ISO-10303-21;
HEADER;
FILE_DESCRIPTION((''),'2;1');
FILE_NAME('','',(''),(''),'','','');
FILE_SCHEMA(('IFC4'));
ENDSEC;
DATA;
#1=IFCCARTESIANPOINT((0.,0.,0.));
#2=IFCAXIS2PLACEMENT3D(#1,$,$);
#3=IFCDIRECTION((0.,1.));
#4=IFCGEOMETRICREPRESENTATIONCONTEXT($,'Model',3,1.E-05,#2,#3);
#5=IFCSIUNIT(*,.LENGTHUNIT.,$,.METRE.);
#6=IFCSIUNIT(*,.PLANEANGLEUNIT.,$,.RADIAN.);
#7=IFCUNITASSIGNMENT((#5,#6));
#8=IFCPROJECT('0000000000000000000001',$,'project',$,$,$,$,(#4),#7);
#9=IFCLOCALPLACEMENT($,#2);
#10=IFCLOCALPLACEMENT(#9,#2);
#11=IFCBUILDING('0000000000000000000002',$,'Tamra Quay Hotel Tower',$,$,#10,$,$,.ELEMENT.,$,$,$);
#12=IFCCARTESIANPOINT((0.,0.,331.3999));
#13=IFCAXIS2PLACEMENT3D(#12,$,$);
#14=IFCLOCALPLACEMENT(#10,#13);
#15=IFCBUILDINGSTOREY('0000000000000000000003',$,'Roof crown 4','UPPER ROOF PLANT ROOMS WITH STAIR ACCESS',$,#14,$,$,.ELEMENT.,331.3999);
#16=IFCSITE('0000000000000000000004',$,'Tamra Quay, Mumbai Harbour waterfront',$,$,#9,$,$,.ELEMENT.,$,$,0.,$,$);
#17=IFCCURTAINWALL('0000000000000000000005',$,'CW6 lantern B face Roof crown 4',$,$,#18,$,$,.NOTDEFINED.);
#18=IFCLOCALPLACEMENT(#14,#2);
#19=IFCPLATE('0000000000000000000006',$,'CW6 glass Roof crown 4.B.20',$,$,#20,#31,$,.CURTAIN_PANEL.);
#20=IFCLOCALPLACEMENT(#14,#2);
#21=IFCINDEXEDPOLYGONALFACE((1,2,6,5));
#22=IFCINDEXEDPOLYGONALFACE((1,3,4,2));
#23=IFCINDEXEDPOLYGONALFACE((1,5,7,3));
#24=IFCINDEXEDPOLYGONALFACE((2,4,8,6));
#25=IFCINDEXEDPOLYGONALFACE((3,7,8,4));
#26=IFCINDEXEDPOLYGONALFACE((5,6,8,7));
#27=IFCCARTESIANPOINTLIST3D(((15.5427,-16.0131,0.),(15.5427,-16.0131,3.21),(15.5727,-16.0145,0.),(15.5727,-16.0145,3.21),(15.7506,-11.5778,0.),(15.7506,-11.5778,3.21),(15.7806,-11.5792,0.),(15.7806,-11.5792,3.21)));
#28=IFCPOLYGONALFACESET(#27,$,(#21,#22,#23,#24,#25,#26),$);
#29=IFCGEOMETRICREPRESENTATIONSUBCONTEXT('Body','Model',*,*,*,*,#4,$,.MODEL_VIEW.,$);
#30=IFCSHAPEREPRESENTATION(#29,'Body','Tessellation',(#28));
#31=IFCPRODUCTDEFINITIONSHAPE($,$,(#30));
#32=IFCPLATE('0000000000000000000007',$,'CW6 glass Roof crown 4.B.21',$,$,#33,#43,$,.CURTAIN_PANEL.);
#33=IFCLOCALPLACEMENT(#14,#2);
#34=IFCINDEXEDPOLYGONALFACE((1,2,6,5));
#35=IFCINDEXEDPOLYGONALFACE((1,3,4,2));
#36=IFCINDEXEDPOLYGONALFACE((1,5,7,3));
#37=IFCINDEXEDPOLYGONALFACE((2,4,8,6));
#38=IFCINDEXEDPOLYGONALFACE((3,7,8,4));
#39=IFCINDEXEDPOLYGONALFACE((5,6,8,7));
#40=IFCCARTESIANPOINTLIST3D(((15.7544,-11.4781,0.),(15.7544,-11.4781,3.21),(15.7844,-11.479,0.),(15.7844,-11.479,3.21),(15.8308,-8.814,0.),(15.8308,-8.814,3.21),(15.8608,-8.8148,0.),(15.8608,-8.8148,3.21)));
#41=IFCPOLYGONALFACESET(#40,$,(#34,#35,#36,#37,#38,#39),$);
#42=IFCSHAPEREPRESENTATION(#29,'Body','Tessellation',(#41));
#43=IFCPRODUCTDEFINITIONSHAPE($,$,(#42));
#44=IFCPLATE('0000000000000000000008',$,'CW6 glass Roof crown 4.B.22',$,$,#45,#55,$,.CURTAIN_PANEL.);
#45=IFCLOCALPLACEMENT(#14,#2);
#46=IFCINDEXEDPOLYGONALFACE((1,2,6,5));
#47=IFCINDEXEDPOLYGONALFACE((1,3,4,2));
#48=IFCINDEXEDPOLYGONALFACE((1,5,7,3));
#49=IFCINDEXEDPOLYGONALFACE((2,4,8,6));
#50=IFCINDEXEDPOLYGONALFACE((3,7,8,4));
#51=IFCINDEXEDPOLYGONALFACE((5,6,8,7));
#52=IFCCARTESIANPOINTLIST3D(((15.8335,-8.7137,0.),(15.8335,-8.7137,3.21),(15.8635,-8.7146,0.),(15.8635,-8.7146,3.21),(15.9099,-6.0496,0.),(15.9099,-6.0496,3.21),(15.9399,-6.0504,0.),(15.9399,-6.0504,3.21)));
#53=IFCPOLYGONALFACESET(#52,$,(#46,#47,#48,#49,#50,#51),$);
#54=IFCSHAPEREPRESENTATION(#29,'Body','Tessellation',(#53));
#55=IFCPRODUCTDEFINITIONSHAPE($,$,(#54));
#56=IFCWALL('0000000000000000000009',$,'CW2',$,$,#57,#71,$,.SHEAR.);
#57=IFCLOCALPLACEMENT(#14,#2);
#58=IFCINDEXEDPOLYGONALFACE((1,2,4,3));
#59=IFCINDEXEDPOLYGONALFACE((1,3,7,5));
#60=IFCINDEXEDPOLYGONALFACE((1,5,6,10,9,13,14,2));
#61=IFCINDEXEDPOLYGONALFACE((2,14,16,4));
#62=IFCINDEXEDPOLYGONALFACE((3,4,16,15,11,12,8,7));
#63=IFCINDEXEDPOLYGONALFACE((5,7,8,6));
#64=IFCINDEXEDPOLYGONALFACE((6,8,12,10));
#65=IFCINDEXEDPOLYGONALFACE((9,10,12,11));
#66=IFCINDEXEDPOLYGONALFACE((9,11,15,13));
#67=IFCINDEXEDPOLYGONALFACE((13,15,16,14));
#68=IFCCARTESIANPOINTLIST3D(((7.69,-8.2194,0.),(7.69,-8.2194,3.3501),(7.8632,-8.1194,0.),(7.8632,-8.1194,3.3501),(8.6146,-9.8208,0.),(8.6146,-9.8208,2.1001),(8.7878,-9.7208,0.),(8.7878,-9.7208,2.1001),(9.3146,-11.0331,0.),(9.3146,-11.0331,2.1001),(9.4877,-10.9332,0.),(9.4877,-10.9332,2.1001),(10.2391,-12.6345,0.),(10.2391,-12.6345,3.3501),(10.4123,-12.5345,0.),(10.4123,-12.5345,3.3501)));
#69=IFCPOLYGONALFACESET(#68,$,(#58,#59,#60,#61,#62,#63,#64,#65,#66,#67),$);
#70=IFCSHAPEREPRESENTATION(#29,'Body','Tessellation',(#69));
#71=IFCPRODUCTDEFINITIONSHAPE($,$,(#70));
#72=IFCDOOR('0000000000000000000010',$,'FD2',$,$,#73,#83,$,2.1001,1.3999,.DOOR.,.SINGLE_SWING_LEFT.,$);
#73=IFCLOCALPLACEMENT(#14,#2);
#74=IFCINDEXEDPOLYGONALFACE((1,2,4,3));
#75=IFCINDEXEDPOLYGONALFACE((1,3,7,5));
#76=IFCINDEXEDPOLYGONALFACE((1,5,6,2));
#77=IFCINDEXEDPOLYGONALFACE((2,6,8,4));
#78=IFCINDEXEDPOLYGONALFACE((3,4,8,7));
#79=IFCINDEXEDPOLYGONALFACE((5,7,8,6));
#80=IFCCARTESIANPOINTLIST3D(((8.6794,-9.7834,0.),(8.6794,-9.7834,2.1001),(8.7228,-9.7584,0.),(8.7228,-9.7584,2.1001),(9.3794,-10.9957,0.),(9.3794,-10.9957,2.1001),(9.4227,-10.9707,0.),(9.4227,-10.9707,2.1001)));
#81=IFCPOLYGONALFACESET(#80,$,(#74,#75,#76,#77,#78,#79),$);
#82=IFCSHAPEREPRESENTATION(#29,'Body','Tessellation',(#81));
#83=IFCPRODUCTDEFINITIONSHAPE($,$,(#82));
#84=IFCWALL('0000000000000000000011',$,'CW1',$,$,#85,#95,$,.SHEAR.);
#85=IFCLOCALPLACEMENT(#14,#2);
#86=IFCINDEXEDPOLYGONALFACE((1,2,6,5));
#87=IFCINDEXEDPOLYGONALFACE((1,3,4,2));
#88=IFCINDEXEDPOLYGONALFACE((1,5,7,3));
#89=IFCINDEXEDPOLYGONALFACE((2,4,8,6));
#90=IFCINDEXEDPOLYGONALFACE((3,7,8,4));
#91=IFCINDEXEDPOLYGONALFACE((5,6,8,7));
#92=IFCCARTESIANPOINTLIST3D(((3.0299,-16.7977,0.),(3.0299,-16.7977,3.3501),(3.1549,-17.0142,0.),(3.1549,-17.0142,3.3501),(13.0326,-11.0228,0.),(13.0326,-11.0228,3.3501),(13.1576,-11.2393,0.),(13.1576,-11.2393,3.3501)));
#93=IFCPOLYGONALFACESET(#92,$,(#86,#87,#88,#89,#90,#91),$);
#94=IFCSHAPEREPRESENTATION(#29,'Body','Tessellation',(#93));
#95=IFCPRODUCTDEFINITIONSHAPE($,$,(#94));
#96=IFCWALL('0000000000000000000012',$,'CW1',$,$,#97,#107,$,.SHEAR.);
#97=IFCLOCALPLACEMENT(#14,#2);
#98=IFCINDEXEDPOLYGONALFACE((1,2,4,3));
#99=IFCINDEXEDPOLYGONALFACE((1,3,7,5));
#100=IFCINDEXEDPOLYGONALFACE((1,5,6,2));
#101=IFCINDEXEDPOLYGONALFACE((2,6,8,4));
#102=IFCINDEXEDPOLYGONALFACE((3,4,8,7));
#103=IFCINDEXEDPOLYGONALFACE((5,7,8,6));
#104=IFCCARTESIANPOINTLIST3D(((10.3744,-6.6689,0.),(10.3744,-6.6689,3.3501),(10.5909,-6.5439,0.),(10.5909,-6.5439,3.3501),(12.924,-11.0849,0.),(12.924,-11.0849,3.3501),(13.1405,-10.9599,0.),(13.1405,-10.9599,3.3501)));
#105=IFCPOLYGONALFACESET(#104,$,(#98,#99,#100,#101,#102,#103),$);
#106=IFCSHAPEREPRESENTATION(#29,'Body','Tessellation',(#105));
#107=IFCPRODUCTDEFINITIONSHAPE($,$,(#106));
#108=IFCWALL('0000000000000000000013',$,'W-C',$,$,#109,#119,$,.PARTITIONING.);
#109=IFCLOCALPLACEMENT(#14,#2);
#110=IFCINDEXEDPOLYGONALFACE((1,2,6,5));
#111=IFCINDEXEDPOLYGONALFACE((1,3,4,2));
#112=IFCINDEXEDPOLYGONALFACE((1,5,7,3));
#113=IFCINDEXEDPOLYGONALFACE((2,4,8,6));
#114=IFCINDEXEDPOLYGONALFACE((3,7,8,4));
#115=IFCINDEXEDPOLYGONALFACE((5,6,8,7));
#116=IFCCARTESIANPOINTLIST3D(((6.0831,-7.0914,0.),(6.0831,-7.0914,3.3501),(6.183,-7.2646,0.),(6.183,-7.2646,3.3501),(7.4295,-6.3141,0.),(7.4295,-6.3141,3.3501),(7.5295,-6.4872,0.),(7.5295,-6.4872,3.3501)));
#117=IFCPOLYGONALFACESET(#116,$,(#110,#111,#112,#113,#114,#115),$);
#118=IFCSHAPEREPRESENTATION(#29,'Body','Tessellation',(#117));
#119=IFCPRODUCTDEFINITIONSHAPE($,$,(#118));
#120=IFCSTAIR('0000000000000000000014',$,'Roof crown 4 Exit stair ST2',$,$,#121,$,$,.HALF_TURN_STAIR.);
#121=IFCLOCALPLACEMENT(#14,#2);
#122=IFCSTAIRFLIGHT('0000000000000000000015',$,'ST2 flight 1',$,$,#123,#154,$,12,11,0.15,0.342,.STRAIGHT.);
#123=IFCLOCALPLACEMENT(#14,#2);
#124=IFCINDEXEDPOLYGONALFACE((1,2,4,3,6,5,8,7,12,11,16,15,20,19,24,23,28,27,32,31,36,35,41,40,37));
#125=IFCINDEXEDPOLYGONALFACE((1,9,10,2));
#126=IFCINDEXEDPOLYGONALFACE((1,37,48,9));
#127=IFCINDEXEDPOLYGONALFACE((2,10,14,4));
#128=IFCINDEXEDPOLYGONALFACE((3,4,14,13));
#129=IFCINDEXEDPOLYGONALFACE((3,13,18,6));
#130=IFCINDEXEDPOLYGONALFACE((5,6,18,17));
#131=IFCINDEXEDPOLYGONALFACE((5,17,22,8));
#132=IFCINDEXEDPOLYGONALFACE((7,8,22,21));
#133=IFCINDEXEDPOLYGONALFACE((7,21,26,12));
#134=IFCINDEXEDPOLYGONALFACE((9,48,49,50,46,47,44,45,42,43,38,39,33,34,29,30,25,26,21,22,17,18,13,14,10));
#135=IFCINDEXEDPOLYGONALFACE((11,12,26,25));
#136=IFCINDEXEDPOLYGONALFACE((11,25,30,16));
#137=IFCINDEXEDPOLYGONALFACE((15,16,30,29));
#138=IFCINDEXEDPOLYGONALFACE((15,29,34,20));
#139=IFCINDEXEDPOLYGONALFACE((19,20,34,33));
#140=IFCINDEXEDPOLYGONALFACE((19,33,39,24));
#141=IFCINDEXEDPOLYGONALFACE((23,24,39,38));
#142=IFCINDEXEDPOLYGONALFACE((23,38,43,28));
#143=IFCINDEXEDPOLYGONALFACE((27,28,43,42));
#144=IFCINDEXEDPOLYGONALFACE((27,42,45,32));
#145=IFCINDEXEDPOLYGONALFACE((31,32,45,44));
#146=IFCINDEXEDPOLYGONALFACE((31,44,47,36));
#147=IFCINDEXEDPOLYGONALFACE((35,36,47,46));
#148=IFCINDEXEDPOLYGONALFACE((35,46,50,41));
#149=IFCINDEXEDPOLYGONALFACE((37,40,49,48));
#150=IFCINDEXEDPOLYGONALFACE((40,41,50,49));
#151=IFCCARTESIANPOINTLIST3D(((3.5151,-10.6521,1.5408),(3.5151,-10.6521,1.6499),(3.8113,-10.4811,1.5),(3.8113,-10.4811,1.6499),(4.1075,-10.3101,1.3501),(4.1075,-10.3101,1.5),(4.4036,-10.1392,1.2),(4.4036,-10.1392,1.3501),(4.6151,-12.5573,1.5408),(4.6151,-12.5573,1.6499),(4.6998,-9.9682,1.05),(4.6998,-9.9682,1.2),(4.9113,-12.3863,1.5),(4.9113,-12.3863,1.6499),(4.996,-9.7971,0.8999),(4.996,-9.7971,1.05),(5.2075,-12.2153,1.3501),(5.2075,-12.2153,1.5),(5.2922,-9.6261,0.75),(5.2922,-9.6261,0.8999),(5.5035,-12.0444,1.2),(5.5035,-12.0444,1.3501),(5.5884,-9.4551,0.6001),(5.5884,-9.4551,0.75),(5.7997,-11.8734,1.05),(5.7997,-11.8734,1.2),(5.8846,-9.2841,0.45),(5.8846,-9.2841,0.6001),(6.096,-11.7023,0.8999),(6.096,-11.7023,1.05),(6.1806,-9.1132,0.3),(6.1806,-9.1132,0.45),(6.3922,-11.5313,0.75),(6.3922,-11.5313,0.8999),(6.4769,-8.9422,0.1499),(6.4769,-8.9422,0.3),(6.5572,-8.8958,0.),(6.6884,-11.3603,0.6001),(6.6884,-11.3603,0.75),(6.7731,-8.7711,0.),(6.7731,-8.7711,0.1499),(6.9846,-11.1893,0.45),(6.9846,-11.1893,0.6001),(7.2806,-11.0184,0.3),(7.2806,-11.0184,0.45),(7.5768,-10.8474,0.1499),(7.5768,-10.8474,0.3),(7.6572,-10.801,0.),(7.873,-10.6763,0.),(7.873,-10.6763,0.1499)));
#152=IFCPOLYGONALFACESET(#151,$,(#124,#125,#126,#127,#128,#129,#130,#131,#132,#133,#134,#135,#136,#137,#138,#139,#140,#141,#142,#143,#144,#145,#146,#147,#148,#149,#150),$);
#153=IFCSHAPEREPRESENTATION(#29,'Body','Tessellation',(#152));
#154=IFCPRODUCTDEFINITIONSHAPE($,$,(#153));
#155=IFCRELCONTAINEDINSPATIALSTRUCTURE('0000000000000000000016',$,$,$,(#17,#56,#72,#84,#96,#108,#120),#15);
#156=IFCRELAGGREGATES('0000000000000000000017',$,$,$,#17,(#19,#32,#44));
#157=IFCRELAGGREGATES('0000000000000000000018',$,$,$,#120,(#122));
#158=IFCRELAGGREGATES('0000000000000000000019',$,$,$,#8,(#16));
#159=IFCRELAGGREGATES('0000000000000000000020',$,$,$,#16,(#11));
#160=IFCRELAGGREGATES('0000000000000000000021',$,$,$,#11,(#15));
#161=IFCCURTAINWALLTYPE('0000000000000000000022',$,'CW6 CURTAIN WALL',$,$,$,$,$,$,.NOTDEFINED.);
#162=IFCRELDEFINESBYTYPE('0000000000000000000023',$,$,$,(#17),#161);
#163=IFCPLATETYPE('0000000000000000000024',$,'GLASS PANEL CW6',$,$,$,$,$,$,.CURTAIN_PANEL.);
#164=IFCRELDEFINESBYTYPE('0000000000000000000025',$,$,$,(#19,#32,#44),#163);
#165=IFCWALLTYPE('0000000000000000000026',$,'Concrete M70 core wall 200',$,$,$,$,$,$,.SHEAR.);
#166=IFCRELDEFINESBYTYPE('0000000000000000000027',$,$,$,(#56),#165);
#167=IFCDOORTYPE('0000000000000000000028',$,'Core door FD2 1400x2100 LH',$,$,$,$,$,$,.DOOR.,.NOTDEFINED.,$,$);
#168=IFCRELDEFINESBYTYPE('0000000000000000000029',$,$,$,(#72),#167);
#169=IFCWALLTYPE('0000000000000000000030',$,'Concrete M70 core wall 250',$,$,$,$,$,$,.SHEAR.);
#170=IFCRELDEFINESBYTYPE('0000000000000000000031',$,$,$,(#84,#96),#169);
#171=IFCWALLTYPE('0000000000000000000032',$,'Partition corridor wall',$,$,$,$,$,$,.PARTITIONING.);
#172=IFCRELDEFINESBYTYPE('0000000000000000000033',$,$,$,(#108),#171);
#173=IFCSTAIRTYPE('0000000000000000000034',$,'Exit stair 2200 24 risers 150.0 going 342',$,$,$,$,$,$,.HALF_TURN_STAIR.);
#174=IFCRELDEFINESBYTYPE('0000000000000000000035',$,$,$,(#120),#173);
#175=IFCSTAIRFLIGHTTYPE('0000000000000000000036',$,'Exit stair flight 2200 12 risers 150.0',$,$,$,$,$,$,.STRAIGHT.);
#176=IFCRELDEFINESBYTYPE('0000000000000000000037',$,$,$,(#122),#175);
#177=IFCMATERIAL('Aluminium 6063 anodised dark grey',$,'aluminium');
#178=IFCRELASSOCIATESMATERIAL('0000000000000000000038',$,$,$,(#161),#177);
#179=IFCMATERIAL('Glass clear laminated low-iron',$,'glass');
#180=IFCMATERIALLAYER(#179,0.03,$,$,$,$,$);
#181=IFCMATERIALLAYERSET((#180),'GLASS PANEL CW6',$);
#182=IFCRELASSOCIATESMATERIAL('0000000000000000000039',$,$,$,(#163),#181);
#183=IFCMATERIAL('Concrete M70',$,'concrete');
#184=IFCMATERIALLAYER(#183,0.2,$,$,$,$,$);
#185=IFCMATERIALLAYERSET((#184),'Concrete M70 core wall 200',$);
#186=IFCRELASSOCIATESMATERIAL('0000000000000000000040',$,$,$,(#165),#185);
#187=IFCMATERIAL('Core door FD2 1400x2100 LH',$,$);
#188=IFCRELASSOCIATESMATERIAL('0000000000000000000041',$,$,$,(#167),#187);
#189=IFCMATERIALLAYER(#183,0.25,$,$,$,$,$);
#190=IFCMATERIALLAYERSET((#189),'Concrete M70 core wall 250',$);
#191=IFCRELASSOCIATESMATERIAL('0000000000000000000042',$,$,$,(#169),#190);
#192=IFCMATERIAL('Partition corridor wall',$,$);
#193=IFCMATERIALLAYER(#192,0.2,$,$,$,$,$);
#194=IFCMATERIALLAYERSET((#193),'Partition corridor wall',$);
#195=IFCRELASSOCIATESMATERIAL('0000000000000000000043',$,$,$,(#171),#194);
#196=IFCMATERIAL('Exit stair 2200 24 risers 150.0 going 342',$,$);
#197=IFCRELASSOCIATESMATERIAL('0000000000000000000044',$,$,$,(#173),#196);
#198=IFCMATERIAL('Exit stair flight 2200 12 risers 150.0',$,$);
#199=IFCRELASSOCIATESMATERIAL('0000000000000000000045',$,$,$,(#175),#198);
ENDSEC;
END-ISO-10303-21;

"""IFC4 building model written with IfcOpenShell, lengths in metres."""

from ifc_helpers import new_model, si_unit, direction, frame, frame_2d, origin, origin_2d, place, context, subcontext, project, spatial, polyline, rectangle, outline, extrude, material, layer, layer_set, type_object, element, fill, aggregate, save


model = new_model("IFC4")

# Units and contexts
model_context = context("Model", 3, precision=1e-05, world=origin(), true_north=direction((0.0, 1.0)))
body_context = subcontext(model_context, "Body", "Model", "MODEL_VIEW")
ifc_project = project(units=[si_unit("LENGTHUNIT", "METRE"), si_unit("PLANEANGLEUNIT", "RADIAN")], contexts=[model_context])

# Site, building, storey
site_placement = place(None, origin())
site = spatial("IfcSite", under=ifc_project, at=site_placement, Name="Tamra Quay, Mumbai Harbour waterfront", CompositionType="ELEMENT", RefElevation=0.0)
building_placement = place(site_placement, origin())
building = spatial("IfcBuilding", under=site, at=building_placement, Name="Tamra Quay Hotel Tower", CompositionType="ELEMENT")
storey_placement = place(building_placement, frame((0.0, 0.0, 331.3999)))
storey = spatial("IfcBuildingStorey", under=building, at=storey_placement, Name="Roof crown 4", Description="UPPER ROOF PLANT ROOMS WITH STAIR ACCESS", CompositionType="ELEMENT", Elevation=331.3999)

# Curtain wall, plates
ifc_material_1 = material(Name="Aluminium 6063 anodised dark grey", Category="aluminium")
curtain_wall_type = type_object("IfcCurtainWallType", Name="CW6 CURTAIN WALL", PredefinedType="NOTDEFINED", material=ifc_material_1)
curtain_wall_placement = place(storey_placement, origin())
curtain_wall = element("IfcCurtainWall", 1, at=curtain_wall_placement, inside=storey, type_object=curtain_wall_type, Name="CW6 lantern B face Roof crown 4", PredefinedType="NOTDEFINED")
ifc_material_2 = material(Name="Glass clear laminated low-iron", Category="glass")
ifc_layer_1 = layer(ifc_material_2, 0.03)
ifc_layer_set_1 = layer_set([ifc_layer_1], Name="GLASS PANEL CW6")
plate_type = type_object("IfcPlateType", Name="GLASS PANEL CW6", PredefinedType="CURTAIN_PANEL", material=ifc_layer_set_1)
plate_1_placement = place(storey_placement, frame((15.6616, -13.7961, 0.0), z_axis=(0.0, 0.0, 1.0), x_axis=(0.046821, 0.998903, 0.0)))
plate_1 = element("IfcPlate", 2, at=plate_1_placement, type_object=plate_type, Name="CW6 glass Roof crown 4.B.20", PredefinedType="CURTAIN_PANEL", context=body_context, shape_type="SweptSolid", body=[
    extrude(rectangle(XDim=4.4402, YDim=0.03, at=origin_2d()), origin(), (0.0, 0.0, 1.0), 3.21),
])
plate_2_placement = place(storey_placement, frame((15.8076, -10.1465, 0.0), z_axis=(0.0, 0.0, 1.0), x_axis=(0.02865, 0.99959, 0.0)))
plate_2 = element("IfcPlate", 3, at=plate_2_placement, type_object=plate_type, Name="CW6 glass Roof crown 4.B.21", PredefinedType="CURTAIN_PANEL", context=body_context, shape_type="SweptSolid", body=[
    extrude(rectangle(XDim=2.6653, YDim=0.03, at=origin_2d()), origin(), (0.0, 0.0, 1.0), 3.21),
])
plate_3_placement = place(storey_placement, frame((15.8867, -7.3821, 0.0), z_axis=(0.0, 0.0, 1.0), x_axis=(0.02865, 0.99959, 0.0)))
plate_3 = element("IfcPlate", 4, at=plate_3_placement, type_object=plate_type, Name="CW6 glass Roof crown 4.B.22", PredefinedType="CURTAIN_PANEL", context=body_context, shape_type="SweptSolid", body=[
    extrude(rectangle(XDim=2.6653, YDim=0.03, at=origin_2d()), origin(), (0.0, 0.0, 1.0), 3.21),
])
aggregate(curtain_wall, [plate_1, plate_2, plate_3])

# Wall, opening, door
ifc_material_3 = material(Name="Concrete M70", Category="concrete")
ifc_layer_2 = layer(ifc_material_3, 0.2)
ifc_layer_set_2 = layer_set([ifc_layer_2], Name="Concrete M70 core wall 200")
wall_type_1 = type_object("IfcWallType", Name="Concrete M70 core wall 200", PredefinedType="SHEAR", material=ifc_layer_set_2)
wall_1_placement = place(storey_placement, frame((7.7766, -8.1694, 0.0), z_axis=(0.0, 0.0, 1.0), x_axis=(0.500007, -0.866021, 0.0)))
wall_1 = element("IfcWall", 5, at=wall_1_placement, inside=storey, type_object=wall_type_1, Name="CW2", PredefinedType="SHEAR", context=body_context, shape_type="SweptSolid", body=[
    extrude(rectangle(XDim=5.0981, YDim=0.2, at=frame_2d((2.5491, 0.0))), origin(), (0.0, 0.0, 1.0), 3.3501),
])
opening_placement = place(wall_1_placement, frame((1.8491, 0.0, 0.0)))
opening = element("IfcOpeningElement", 6, at=opening_placement, cuts=wall_1, PredefinedType="OPENING", context=body_context, shape_type="SweptSolid", body=[
    extrude(rectangle(XDim=1.3999, YDim=2.1001, at=frame_2d((0.7, 1.05))), frame((0.0, 0.1099, 0.0), z_axis=(0.0, -1.0, 0.0), x_axis=(1.0, 0.0, 0.0)), (0.0, 0.0, 1.0), 0.22),
])
ifc_material_4 = material(Name="Core door FD2 1400x2100 LH")
door_type = type_object("IfcDoorType", Name="Core door FD2 1400x2100 LH", OperationType="NOTDEFINED", PredefinedType="DOOR", material=ifc_material_4)
door_placement = place(opening_placement, origin())
door = element("IfcDoor", 7, at=door_placement, inside=storey, type_object=door_type, Name="FD2", OperationType="SINGLE_SWING_LEFT", OverallHeight=2.1001, OverallWidth=1.3999, PredefinedType="DOOR", context=body_context, shape_type="SweptSolid", body=[
    extrude(rectangle(XDim=1.3999, YDim=2.1001, at=frame_2d((0.7, 1.05))), frame((0.0, 0.0249, 0.0), z_axis=(0.0, -1.0, 0.0), x_axis=(1.0, 0.0, 0.0)), (0.0, 0.0, 1.0), 0.05),
])
fill(opening, door)

# Walls
ifc_layer_3 = layer(ifc_material_3, 0.25)
ifc_layer_set_3 = layer_set([ifc_layer_3], Name="Concrete M70 core wall 250")
wall_type_2 = type_object("IfcWallType", Name="Concrete M70 core wall 250", PredefinedType="SHEAR", material=ifc_layer_set_3)
wall_2_placement = place(storey_placement, frame((13.095, -11.1311, 0.0), z_axis=(0.0, 0.0, 1.0), x_axis=(-0.866031, -0.49999, 0.0)))
element("IfcWall", 8, at=wall_2_placement, inside=storey, type_object=wall_type_2, Name="CW1", PredefinedType="SHEAR", context=body_context, shape_type="SweptSolid", body=[
    extrude(rectangle(XDim=11.55, YDim=0.25, at=frame_2d((5.7749, 0.0))), origin(), (0.0, 0.0, 1.0), 3.3501),
])
wall_3_placement = place(storey_placement, frame((10.4827, -6.6064, 0.0), z_axis=(0.0, 0.0, 1.0), x_axis=(0.499996, -0.866028, 0.0)))
element("IfcWall", 9, at=wall_3_placement, inside=storey, type_object=wall_type_2, Name="CW1", PredefinedType="SHEAR", context=body_context, shape_type="SweptSolid", body=[
    extrude(rectangle(XDim=5.0991, YDim=0.25, at=frame_2d((2.5496, 0.0))), origin(), (0.0, 0.0, 1.0), 3.3501),
])
ifc_material_5 = material(Name="Partition corridor wall")
ifc_layer_4 = layer(ifc_material_5, 0.2)
ifc_layer_set_4 = layer_set([ifc_layer_4], Name="Partition corridor wall")
wall_type_3 = type_object("IfcWallType", Name="Partition corridor wall", PredefinedType="PARTITIONING", material=ifc_layer_set_4)
wall_4_placement = place(storey_placement, frame((6.1331, -7.178, 0.0), z_axis=(0.0, 0.0, 1.0), x_axis=(0.866031, 0.49999, 0.0)))
element("IfcWall", 10, at=wall_4_placement, inside=storey, type_object=wall_type_3, Name="W-C", PredefinedType="PARTITIONING", context=body_context, shape_type="SweptSolid", body=[
    extrude(rectangle(XDim=1.5547, YDim=0.2, at=frame_2d((0.7773, 0.0))), origin(), (0.0, 0.0, 1.0), 3.3501),
])

# Stair, stair flight
ifc_material_6 = material(Name="Exit stair 2200 24 risers 150.0 going 342")
stair_type = type_object("IfcStairType", Name="Exit stair 2200 24 risers 150.0 going 342", PredefinedType="HALF_TURN_STAIR", material=ifc_material_6)
stair_placement = place(storey_placement, origin())
stair = element("IfcStair", 11, at=stair_placement, inside=storey, type_object=stair_type, Name="Roof crown 4 Exit stair ST2", PredefinedType="HALF_TURN_STAIR")
ifc_material_7 = material(Name="Exit stair flight 2200 12 risers 150.0")
stair_flight_type = type_object("IfcStairFlightType", Name="Exit stair flight 2200 12 risers 150.0", PredefinedType="STRAIGHT", material=ifc_material_7)
stair_flight_placement = place(storey_placement, frame((7.323, -9.7236, 0.0), z_axis=(0.0, 0.0, 1.0), x_axis=(-0.866025, -0.5, 0.0)))
stair_flight = element("IfcStairFlight", 12, at=stair_flight_placement, type_object=stair_flight_type, Name="ST2 flight 1", NumberOfRisers=12, NumberOfTreads=11, PredefinedType="STRAIGHT", RiserHeight=0.15, TreadLength=0.342, context=body_context, shape_type="SweptSolid", body=[
    extrude(outline(polyline([(0.0, 0.0), (0.0, 0.1499), (0.342, 0.1499), (0.342, 0.3), (0.6841, 0.3), (0.6841, 0.45), (1.0259, 0.45), (1.0259, 0.6001), (1.3679, 0.6001), (1.3679, 0.75), (1.71, 0.75), (1.71, 0.8999), (2.052, 0.8999), (2.052, 1.05), (2.394, 1.05), (2.394, 1.2), (2.7361, 1.2), (2.7361, 1.3501), (3.0779, 1.3501), (3.0779, 1.5), (3.4199, 1.5), (3.4199, 1.6499), (3.762, 1.6499), (3.762, 1.8), (3.762, 1.5408), (0.2493, 0.0), (0.0, 0.0)])), frame((0.0, 1.1001, 0.0), z_axis=(0.0, -1.0, 0.0), x_axis=(1.0, 0.0, 0.0)), (0.0, 0.0, 1.0), 2.2),
])
aggregate(stair, [stair_flight])

save(model, "model.ifc")
